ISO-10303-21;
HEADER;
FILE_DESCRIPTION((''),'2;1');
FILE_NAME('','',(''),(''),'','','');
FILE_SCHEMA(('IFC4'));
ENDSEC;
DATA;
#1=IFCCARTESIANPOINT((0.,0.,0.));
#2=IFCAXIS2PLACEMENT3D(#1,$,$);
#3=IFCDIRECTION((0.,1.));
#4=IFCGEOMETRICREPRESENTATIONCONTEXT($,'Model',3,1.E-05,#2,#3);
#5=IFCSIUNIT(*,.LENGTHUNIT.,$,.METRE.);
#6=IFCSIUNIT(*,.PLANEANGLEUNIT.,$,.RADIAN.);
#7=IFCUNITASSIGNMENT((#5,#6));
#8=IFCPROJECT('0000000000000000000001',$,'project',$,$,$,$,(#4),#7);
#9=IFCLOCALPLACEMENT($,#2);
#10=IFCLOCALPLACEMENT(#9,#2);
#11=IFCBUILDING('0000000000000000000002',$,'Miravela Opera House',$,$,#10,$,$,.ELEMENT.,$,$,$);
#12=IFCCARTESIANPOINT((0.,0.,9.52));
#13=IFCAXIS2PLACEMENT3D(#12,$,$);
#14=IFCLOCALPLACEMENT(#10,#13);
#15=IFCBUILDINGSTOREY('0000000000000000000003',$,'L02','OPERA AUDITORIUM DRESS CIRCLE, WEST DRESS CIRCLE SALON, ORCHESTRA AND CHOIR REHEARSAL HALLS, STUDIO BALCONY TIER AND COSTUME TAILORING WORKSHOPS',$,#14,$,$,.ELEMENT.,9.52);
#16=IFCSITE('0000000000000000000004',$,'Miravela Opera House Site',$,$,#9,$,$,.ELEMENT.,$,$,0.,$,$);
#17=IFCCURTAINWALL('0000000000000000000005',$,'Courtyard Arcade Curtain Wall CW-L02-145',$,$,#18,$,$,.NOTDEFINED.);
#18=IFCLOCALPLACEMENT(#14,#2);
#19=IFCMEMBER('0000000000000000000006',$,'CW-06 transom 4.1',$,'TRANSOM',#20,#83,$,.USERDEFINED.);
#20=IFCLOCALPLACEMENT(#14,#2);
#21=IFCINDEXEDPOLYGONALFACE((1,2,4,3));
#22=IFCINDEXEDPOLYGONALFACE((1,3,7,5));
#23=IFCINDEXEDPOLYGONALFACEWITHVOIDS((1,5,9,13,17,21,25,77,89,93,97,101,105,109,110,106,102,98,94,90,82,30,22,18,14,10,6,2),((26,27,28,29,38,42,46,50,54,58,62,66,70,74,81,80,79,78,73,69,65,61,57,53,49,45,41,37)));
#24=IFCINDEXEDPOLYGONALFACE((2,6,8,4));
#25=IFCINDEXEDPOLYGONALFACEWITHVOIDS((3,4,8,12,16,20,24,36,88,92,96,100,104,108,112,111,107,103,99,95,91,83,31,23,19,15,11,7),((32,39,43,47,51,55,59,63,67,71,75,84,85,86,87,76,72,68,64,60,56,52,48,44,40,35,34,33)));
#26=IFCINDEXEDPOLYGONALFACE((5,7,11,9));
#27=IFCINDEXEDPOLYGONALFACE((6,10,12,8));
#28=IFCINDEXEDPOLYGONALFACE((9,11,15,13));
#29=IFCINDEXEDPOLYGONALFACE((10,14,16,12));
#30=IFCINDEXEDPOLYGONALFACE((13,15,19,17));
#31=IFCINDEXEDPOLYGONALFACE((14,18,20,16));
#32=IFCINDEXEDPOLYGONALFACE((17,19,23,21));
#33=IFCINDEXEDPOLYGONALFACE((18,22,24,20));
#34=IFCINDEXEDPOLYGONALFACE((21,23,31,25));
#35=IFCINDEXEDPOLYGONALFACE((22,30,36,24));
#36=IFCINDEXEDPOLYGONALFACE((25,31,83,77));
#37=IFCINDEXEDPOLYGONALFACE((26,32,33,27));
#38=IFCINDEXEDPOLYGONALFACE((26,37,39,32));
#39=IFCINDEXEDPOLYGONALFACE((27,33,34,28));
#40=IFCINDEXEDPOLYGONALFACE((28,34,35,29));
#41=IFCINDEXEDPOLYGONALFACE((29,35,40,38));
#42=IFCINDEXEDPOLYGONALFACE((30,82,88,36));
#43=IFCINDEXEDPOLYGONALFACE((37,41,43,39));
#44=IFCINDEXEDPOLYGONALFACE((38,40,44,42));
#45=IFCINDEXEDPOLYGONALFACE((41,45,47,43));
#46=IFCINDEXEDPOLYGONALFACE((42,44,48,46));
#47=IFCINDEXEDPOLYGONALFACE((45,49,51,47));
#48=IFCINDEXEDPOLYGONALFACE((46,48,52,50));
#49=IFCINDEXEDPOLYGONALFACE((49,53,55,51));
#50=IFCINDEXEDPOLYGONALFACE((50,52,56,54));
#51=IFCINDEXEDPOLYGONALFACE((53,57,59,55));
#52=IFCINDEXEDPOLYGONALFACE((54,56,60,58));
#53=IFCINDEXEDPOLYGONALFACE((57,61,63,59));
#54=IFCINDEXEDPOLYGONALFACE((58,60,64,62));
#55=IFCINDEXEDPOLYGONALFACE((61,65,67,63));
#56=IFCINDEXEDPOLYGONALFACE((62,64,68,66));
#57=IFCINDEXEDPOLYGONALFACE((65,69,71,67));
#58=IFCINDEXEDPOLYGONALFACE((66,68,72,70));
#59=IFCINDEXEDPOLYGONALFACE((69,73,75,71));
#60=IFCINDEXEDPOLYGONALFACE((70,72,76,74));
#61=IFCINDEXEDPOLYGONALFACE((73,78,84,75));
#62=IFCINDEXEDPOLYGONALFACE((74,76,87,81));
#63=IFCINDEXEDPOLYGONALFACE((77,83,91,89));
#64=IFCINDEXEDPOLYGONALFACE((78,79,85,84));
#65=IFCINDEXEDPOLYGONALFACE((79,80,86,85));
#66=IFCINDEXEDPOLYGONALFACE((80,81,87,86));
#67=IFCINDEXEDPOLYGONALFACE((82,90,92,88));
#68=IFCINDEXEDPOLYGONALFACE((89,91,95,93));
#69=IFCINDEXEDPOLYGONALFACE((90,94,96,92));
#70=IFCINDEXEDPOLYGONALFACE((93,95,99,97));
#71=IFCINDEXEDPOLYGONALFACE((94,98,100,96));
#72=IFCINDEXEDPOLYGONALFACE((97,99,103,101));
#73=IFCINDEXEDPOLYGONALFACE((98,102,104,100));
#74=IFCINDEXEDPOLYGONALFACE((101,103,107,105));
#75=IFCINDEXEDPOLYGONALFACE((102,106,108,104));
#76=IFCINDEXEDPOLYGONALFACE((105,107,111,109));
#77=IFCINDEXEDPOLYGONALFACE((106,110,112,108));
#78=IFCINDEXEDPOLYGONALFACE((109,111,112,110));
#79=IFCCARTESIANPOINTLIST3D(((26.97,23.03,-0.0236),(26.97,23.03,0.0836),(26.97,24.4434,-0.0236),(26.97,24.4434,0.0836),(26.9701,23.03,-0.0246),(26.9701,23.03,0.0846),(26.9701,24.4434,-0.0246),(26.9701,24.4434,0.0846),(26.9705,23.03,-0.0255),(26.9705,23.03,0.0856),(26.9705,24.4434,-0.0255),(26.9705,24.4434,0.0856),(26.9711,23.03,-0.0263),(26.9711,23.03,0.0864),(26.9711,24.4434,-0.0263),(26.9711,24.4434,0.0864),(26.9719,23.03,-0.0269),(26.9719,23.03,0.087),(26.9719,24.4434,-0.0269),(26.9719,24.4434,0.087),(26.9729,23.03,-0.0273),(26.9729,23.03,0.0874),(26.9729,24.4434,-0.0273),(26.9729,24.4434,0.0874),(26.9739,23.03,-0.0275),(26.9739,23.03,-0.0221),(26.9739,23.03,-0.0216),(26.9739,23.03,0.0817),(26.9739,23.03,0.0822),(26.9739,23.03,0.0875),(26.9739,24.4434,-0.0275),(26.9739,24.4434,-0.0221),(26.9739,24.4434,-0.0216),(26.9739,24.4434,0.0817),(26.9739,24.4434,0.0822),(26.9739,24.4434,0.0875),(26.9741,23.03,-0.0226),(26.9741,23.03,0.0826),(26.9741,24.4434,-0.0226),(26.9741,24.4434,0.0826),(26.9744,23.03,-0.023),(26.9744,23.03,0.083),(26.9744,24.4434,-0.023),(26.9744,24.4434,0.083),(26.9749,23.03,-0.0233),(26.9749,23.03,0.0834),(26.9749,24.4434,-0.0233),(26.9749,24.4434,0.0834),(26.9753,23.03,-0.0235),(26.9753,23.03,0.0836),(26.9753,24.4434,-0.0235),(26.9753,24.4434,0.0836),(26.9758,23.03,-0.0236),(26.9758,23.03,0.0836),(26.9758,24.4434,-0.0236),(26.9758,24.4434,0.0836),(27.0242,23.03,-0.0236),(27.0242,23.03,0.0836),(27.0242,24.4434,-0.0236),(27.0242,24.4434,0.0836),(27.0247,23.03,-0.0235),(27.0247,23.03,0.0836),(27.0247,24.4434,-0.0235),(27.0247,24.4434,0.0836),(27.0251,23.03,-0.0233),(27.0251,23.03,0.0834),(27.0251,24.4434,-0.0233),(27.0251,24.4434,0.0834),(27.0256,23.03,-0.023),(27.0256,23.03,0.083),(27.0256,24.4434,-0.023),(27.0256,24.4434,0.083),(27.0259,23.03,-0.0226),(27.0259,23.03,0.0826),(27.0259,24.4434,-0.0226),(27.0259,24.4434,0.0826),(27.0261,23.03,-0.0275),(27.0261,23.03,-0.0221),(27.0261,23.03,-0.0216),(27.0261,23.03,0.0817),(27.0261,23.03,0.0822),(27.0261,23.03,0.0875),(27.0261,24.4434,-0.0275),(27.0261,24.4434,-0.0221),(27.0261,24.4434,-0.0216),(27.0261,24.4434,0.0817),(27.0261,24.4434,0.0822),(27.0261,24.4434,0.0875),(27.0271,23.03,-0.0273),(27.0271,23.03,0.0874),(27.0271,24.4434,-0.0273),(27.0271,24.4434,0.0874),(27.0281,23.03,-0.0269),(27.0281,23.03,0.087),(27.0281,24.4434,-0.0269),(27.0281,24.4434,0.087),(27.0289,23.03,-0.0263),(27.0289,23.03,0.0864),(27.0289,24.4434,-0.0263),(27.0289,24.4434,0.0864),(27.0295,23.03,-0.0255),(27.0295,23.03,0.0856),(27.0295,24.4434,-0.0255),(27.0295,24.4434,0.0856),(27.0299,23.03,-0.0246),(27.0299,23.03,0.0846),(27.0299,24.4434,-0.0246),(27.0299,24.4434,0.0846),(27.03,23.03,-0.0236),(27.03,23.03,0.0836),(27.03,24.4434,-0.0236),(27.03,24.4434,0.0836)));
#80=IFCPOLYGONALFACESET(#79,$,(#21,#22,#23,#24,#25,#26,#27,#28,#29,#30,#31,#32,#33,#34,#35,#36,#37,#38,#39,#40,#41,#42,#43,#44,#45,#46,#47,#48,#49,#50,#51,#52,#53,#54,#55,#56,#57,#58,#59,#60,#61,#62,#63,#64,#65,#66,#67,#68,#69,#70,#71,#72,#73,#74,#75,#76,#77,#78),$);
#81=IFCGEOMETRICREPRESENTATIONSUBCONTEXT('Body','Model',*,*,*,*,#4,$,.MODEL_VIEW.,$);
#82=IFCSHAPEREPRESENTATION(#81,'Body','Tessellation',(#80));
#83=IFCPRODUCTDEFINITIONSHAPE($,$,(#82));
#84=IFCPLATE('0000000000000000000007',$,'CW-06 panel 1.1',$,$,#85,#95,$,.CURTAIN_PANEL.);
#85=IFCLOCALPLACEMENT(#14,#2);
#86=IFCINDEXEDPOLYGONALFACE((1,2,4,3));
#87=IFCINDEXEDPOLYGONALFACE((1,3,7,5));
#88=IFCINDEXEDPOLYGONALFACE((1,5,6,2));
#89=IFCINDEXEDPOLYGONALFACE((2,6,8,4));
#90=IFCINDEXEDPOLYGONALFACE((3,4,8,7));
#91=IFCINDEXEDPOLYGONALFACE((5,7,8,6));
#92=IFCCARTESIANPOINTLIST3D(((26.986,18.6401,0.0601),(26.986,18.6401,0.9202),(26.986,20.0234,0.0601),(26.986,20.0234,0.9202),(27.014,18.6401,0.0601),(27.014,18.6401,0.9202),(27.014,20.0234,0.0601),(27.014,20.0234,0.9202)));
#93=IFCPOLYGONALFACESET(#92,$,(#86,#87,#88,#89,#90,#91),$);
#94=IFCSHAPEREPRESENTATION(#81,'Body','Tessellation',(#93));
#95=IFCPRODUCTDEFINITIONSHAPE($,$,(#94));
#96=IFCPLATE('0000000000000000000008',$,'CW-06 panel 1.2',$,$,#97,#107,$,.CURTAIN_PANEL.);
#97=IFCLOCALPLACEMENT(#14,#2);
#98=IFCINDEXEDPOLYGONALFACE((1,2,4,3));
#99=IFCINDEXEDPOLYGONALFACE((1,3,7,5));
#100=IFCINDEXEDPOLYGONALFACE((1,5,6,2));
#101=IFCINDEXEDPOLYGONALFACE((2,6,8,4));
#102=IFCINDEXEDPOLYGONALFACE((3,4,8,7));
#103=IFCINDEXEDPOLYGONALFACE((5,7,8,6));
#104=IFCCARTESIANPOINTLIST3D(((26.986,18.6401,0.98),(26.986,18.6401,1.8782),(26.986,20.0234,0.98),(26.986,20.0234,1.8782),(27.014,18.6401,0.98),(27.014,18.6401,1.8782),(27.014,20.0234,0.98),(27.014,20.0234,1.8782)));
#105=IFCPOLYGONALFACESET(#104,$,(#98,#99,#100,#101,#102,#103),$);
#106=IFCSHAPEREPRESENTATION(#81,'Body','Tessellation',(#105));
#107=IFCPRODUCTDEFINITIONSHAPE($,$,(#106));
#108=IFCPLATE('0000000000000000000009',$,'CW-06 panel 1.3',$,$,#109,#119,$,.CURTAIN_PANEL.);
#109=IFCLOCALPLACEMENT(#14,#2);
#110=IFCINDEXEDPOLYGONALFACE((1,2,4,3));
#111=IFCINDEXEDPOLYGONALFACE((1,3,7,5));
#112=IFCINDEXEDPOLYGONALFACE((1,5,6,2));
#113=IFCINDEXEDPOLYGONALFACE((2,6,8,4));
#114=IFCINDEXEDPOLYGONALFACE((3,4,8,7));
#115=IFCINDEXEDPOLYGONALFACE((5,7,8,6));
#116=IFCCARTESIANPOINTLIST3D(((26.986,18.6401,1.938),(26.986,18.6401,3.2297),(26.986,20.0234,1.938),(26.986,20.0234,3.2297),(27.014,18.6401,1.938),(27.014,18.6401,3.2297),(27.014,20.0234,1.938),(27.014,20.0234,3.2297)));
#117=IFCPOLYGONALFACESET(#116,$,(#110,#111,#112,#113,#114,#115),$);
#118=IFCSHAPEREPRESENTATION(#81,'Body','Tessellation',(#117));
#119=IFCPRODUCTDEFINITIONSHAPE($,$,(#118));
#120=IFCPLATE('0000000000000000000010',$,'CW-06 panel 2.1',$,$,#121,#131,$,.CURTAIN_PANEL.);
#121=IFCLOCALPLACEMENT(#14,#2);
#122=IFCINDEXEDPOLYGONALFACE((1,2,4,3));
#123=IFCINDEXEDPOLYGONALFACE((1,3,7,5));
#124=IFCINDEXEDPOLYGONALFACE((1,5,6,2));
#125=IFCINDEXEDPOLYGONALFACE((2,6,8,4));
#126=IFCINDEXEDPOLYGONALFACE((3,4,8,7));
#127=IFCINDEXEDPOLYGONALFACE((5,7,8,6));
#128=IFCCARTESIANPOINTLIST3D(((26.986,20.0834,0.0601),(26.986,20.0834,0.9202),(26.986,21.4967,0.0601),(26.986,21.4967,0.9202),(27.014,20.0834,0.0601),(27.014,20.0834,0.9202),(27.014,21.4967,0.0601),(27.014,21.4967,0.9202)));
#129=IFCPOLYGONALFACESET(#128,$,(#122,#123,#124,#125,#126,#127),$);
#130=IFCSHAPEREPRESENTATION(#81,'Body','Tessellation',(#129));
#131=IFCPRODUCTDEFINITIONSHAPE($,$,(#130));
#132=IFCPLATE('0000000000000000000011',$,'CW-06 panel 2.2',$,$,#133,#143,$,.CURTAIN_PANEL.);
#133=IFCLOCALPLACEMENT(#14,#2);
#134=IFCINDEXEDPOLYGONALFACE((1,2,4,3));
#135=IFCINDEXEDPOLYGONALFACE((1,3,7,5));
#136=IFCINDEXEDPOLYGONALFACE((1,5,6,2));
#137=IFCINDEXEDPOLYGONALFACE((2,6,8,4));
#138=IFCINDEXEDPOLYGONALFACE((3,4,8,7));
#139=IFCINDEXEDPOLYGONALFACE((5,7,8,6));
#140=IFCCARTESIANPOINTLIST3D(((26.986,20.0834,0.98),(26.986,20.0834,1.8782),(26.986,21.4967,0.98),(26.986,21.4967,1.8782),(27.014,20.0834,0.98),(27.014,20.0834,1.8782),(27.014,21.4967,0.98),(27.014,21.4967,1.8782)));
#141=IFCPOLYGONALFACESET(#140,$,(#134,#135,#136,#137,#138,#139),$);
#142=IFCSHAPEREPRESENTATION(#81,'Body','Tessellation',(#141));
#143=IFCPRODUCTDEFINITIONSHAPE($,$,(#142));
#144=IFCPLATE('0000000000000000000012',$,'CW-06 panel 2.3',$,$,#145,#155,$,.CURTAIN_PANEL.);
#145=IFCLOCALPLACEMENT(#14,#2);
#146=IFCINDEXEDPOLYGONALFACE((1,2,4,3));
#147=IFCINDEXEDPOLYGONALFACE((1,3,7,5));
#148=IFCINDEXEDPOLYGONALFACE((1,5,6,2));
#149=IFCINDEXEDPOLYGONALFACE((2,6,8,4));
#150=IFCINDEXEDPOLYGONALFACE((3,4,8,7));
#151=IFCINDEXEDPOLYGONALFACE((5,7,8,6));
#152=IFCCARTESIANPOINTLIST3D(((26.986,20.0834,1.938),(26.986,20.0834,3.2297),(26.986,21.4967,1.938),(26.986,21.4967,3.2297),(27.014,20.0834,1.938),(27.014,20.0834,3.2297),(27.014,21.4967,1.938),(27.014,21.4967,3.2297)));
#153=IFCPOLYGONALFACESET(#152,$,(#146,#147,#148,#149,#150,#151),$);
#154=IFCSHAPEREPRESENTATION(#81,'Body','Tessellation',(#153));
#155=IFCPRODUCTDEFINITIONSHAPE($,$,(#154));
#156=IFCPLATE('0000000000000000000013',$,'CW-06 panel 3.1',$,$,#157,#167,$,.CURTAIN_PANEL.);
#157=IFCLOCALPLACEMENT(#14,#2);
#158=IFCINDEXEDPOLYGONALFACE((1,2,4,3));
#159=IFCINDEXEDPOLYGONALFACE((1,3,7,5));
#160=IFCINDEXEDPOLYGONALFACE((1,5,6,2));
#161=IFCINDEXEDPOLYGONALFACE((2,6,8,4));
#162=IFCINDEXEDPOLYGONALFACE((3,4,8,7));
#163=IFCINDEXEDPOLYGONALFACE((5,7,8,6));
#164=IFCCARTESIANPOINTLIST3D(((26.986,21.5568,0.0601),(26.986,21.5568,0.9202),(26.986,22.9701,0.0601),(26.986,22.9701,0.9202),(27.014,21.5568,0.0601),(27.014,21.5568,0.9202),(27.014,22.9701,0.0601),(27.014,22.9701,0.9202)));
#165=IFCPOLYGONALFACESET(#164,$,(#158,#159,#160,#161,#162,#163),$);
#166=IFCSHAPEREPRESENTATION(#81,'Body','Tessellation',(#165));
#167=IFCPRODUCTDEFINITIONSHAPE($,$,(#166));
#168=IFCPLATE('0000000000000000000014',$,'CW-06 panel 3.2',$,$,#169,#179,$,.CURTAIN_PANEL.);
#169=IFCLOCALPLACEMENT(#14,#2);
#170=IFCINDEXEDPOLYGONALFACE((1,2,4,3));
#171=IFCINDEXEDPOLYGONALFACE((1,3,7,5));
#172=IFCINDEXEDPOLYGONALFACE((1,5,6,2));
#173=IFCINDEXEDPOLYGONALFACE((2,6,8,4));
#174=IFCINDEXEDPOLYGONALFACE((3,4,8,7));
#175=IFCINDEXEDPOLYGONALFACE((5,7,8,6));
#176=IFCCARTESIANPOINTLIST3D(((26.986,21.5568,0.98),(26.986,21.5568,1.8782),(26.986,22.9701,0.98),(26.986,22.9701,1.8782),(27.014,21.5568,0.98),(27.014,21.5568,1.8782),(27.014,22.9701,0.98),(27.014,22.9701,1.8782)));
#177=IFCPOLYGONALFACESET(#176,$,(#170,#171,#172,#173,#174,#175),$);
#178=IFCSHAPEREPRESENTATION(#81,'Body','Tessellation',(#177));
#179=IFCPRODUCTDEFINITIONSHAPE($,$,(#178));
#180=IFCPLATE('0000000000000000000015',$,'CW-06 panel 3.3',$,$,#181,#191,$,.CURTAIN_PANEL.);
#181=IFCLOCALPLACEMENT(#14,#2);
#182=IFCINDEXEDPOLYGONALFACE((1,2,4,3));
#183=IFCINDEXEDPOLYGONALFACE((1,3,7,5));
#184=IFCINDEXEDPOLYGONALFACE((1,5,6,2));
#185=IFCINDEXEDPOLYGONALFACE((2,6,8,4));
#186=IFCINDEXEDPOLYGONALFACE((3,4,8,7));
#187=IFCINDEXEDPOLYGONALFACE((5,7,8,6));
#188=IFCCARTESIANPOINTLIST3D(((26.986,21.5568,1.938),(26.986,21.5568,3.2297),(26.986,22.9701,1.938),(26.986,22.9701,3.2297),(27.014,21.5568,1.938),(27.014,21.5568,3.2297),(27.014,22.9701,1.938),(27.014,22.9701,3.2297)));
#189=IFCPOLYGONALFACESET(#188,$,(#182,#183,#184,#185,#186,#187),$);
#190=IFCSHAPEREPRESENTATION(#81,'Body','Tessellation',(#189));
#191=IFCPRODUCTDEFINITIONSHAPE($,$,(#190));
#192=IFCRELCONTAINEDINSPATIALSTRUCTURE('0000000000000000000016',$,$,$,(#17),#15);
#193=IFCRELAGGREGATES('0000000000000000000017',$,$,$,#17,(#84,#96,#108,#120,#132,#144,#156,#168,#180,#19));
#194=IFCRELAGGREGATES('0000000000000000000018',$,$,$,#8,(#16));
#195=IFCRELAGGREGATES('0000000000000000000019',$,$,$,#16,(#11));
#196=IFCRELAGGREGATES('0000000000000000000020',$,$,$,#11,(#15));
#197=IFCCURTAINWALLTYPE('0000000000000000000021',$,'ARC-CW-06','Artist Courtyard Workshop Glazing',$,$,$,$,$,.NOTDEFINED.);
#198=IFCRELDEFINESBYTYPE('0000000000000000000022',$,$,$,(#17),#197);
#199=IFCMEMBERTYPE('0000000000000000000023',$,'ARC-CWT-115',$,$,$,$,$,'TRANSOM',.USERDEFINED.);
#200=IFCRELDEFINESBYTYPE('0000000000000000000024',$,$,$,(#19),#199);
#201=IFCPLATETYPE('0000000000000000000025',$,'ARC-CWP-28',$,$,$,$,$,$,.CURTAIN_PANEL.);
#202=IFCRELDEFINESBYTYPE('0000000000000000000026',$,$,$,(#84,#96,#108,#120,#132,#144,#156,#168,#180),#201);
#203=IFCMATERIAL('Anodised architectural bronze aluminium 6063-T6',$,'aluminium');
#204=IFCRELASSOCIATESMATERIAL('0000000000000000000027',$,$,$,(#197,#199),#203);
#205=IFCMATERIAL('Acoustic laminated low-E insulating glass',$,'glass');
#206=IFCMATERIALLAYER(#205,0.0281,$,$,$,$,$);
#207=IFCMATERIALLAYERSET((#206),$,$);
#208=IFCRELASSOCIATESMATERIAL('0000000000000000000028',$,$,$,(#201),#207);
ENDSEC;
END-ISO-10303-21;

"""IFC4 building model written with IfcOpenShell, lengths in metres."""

from ifc_helpers import new_model, si_unit, direction, frame, origin, origin_2d, place, context, subcontext, project, spatial, rectangle, hollow_rectangle, extrude, material, layer, layer_set, material_profile, profile_set, type_object, element, aggregate, save


model = new_model("IFC4")

# Units and contexts
model_context = context("Model", 3, precision=1e-05, world=origin(), true_north=direction((0.0, 1.0)))
body_context = subcontext(model_context, "Body", "Model", "MODEL_VIEW")
ifc_project = project(units=[si_unit("LENGTHUNIT", "METRE"), si_unit("PLANEANGLEUNIT", "RADIAN")], contexts=[model_context])

# Site, building, storey
site_placement = place(None, origin())
site = spatial("IfcSite", under=ifc_project, at=site_placement, Name="Miravela Opera House Site", CompositionType="ELEMENT", RefElevation=0.0)
building_placement = place(site_placement, origin())
building = spatial("IfcBuilding", under=site, at=building_placement, Name="Miravela Opera House", CompositionType="ELEMENT")
storey_placement = place(building_placement, frame((0.0, 0.0, 9.52)))
storey = spatial("IfcBuildingStorey", under=building, at=storey_placement, Name="L02", Description="OPERA AUDITORIUM DRESS CIRCLE, WEST DRESS CIRCLE SALON, ORCHESTRA AND CHOIR REHEARSAL HALLS, STUDIO BALCONY TIER AND COSTUME TAILORING WORKSHOPS", CompositionType="ELEMENT", Elevation=9.52)

# Curtain wall, member, plates
ifc_material_1 = material(Name="Anodised architectural bronze aluminium 6063-T6", Category="aluminium")
curtain_wall_type = type_object("IfcCurtainWallType", Name="ARC-CW-06", Description="Artist Courtyard Workshop Glazing", PredefinedType="NOTDEFINED", material=ifc_material_1)
curtain_wall_placement = place(storey_placement, origin())
curtain_wall = element("IfcCurtainWall", 1, at=curtain_wall_placement, inside=storey, type_object=curtain_wall_type, Name="Courtyard Arcade Curtain Wall CW-L02-145", PredefinedType="NOTDEFINED")
ifc_material_profile_1 = material_profile(ifc_material_1, hollow_rectangle(XDim=0.0601, YDim=0.115, WallThickness=0.0039, InnerFilletRadius=0.002, OuterFilletRadius=0.0039, at=origin_2d()), Name="CWT-60X115")
ifc_profile_set_1 = profile_set([ifc_material_profile_1])
member_type_1 = type_object("IfcMemberType", Name="ARC-CWT-115", ElementType="TRANSOM", PredefinedType="USERDEFINED", material=ifc_profile_set_1)
member_1_placement = place(storey_placement, frame((27.0, 23.03, 0.03), z_axis=(0.0, 1.0, 0.0), x_axis=(-1.0, 0.0, 0.0)))
member_1 = element("IfcMember", 2, at=member_1_placement, type_object=member_type_1, Name="CW-06 transom 4.1", ObjectType="TRANSOM", PredefinedType="USERDEFINED", context=body_context, shape_type="SweptSolid", body=[
    extrude(hollow_rectangle(XDim=0.0601, YDim=0.115, WallThickness=0.0039, InnerFilletRadius=0.002, OuterFilletRadius=0.0039, at=origin_2d()), origin(), (0.0, 0.0, 1.0), 1.4133),
])
ifc_material_2 = material(Name="Acoustic laminated low-E insulating glass", Category="glass")
ifc_layer = layer(ifc_material_2, 0.0281)
ifc_layer_set = layer_set([ifc_layer])
plate_type = type_object("IfcPlateType", Name="ARC-CWP-28", PredefinedType="CURTAIN_PANEL", material=ifc_layer_set)
plate_1_placement = place(storey_placement, frame((27.0, 19.3318, 0.0601), z_axis=(0.0, 0.0, 1.0), x_axis=(0.0, 1.0, 0.0)))
plate_1 = element("IfcPlate", 3, at=plate_1_placement, type_object=plate_type, Name="CW-06 panel 1.1", PredefinedType="CURTAIN_PANEL", context=body_context, shape_type="SweptSolid", body=[
    extrude(rectangle(XDim=1.3833, YDim=0.0281, at=origin_2d()), origin(), (0.0, 0.0, 1.0), 0.8601),
])
plate_2_placement = place(storey_placement, frame((27.0, 19.3318, 0.98), z_axis=(0.0, 0.0, 1.0), x_axis=(0.0, 1.0, 0.0)))
plate_2 = element("IfcPlate", 4, at=plate_2_placement, type_object=plate_type, Name="CW-06 panel 1.2", PredefinedType="CURTAIN_PANEL", context=body_context, shape_type="SweptSolid", body=[
    extrude(rectangle(XDim=1.3833, YDim=0.0281, at=origin_2d()), origin(), (0.0, 0.0, 1.0), 0.8982),
])
plate_3_placement = place(storey_placement, frame((27.0, 19.3318, 1.938), z_axis=(0.0, 0.0, 1.0), x_axis=(0.0, 1.0, 0.0)))
plate_3 = element("IfcPlate", 5, at=plate_3_placement, type_object=plate_type, Name="CW-06 panel 1.3", PredefinedType="CURTAIN_PANEL", context=body_context, shape_type="SweptSolid", body=[
    extrude(rectangle(XDim=1.3833, YDim=0.0281, at=origin_2d()), origin(), (0.0, 0.0, 1.0), 1.2917),
])
plate_4_placement = place(storey_placement, frame((27.0, 20.79, 0.0601), z_axis=(0.0, 0.0, 1.0), x_axis=(0.0, 1.0, 0.0)))
plate_4 = element("IfcPlate", 6, at=plate_4_placement, type_object=plate_type, Name="CW-06 panel 2.1", PredefinedType="CURTAIN_PANEL", context=body_context, shape_type="SweptSolid", body=[
    extrude(rectangle(XDim=1.4133, YDim=0.0281, at=origin_2d()), origin(), (0.0, 0.0, 1.0), 0.8601),
])
plate_5_placement = place(storey_placement, frame((27.0, 20.79, 0.98), z_axis=(0.0, 0.0, 1.0), x_axis=(0.0, 1.0, 0.0)))
plate_5 = element("IfcPlate", 7, at=plate_5_placement, type_object=plate_type, Name="CW-06 panel 2.2", PredefinedType="CURTAIN_PANEL", context=body_context, shape_type="SweptSolid", body=[
    extrude(rectangle(XDim=1.4133, YDim=0.0281, at=origin_2d()), origin(), (0.0, 0.0, 1.0), 0.8982),
])
plate_6_placement = place(storey_placement, frame((27.0, 20.79, 1.938), z_axis=(0.0, 0.0, 1.0), x_axis=(0.0, 1.0, 0.0)))
plate_6 = element("IfcPlate", 8, at=plate_6_placement, type_object=plate_type, Name="CW-06 panel 2.3", PredefinedType="CURTAIN_PANEL", context=body_context, shape_type="SweptSolid", body=[
    extrude(rectangle(XDim=1.4133, YDim=0.0281, at=origin_2d()), origin(), (0.0, 0.0, 1.0), 1.2917),
])
plate_7_placement = place(storey_placement, frame((27.0, 22.2634, 0.0601), z_axis=(0.0, 0.0, 1.0), x_axis=(0.0, 1.0, 0.0)))
plate_7 = element("IfcPlate", 9, at=plate_7_placement, type_object=plate_type, Name="CW-06 panel 3.1", PredefinedType="CURTAIN_PANEL", context=body_context, shape_type="SweptSolid", body=[
    extrude(rectangle(XDim=1.4133, YDim=0.0281, at=origin_2d()), origin(), (0.0, 0.0, 1.0), 0.8601),
])
plate_8_placement = place(storey_placement, frame((27.0, 22.2634, 0.98), z_axis=(0.0, 0.0, 1.0), x_axis=(0.0, 1.0, 0.0)))
plate_8 = element("IfcPlate", 10, at=plate_8_placement, type_object=plate_type, Name="CW-06 panel 3.2", PredefinedType="CURTAIN_PANEL", context=body_context, shape_type="SweptSolid", body=[
    extrude(rectangle(XDim=1.4133, YDim=0.0281, at=origin_2d()), origin(), (0.0, 0.0, 1.0), 0.8982),
])
plate_9_placement = place(storey_placement, frame((27.0, 22.2634, 1.938), z_axis=(0.0, 0.0, 1.0), x_axis=(0.0, 1.0, 0.0)))
plate_9 = element("IfcPlate", 11, at=plate_9_placement, type_object=plate_type, Name="CW-06 panel 3.3", PredefinedType="CURTAIN_PANEL", context=body_context, shape_type="SweptSolid", body=[
    extrude(rectangle(XDim=1.4133, YDim=0.0281, at=origin_2d()), origin(), (0.0, 0.0, 1.0), 1.2917),
])
aggregate(curtain_wall, [plate_1, plate_2, plate_3, plate_4, plate_5, plate_6, plate_7, plate_8, plate_9, member_1])

save(model, "model.ifc")
